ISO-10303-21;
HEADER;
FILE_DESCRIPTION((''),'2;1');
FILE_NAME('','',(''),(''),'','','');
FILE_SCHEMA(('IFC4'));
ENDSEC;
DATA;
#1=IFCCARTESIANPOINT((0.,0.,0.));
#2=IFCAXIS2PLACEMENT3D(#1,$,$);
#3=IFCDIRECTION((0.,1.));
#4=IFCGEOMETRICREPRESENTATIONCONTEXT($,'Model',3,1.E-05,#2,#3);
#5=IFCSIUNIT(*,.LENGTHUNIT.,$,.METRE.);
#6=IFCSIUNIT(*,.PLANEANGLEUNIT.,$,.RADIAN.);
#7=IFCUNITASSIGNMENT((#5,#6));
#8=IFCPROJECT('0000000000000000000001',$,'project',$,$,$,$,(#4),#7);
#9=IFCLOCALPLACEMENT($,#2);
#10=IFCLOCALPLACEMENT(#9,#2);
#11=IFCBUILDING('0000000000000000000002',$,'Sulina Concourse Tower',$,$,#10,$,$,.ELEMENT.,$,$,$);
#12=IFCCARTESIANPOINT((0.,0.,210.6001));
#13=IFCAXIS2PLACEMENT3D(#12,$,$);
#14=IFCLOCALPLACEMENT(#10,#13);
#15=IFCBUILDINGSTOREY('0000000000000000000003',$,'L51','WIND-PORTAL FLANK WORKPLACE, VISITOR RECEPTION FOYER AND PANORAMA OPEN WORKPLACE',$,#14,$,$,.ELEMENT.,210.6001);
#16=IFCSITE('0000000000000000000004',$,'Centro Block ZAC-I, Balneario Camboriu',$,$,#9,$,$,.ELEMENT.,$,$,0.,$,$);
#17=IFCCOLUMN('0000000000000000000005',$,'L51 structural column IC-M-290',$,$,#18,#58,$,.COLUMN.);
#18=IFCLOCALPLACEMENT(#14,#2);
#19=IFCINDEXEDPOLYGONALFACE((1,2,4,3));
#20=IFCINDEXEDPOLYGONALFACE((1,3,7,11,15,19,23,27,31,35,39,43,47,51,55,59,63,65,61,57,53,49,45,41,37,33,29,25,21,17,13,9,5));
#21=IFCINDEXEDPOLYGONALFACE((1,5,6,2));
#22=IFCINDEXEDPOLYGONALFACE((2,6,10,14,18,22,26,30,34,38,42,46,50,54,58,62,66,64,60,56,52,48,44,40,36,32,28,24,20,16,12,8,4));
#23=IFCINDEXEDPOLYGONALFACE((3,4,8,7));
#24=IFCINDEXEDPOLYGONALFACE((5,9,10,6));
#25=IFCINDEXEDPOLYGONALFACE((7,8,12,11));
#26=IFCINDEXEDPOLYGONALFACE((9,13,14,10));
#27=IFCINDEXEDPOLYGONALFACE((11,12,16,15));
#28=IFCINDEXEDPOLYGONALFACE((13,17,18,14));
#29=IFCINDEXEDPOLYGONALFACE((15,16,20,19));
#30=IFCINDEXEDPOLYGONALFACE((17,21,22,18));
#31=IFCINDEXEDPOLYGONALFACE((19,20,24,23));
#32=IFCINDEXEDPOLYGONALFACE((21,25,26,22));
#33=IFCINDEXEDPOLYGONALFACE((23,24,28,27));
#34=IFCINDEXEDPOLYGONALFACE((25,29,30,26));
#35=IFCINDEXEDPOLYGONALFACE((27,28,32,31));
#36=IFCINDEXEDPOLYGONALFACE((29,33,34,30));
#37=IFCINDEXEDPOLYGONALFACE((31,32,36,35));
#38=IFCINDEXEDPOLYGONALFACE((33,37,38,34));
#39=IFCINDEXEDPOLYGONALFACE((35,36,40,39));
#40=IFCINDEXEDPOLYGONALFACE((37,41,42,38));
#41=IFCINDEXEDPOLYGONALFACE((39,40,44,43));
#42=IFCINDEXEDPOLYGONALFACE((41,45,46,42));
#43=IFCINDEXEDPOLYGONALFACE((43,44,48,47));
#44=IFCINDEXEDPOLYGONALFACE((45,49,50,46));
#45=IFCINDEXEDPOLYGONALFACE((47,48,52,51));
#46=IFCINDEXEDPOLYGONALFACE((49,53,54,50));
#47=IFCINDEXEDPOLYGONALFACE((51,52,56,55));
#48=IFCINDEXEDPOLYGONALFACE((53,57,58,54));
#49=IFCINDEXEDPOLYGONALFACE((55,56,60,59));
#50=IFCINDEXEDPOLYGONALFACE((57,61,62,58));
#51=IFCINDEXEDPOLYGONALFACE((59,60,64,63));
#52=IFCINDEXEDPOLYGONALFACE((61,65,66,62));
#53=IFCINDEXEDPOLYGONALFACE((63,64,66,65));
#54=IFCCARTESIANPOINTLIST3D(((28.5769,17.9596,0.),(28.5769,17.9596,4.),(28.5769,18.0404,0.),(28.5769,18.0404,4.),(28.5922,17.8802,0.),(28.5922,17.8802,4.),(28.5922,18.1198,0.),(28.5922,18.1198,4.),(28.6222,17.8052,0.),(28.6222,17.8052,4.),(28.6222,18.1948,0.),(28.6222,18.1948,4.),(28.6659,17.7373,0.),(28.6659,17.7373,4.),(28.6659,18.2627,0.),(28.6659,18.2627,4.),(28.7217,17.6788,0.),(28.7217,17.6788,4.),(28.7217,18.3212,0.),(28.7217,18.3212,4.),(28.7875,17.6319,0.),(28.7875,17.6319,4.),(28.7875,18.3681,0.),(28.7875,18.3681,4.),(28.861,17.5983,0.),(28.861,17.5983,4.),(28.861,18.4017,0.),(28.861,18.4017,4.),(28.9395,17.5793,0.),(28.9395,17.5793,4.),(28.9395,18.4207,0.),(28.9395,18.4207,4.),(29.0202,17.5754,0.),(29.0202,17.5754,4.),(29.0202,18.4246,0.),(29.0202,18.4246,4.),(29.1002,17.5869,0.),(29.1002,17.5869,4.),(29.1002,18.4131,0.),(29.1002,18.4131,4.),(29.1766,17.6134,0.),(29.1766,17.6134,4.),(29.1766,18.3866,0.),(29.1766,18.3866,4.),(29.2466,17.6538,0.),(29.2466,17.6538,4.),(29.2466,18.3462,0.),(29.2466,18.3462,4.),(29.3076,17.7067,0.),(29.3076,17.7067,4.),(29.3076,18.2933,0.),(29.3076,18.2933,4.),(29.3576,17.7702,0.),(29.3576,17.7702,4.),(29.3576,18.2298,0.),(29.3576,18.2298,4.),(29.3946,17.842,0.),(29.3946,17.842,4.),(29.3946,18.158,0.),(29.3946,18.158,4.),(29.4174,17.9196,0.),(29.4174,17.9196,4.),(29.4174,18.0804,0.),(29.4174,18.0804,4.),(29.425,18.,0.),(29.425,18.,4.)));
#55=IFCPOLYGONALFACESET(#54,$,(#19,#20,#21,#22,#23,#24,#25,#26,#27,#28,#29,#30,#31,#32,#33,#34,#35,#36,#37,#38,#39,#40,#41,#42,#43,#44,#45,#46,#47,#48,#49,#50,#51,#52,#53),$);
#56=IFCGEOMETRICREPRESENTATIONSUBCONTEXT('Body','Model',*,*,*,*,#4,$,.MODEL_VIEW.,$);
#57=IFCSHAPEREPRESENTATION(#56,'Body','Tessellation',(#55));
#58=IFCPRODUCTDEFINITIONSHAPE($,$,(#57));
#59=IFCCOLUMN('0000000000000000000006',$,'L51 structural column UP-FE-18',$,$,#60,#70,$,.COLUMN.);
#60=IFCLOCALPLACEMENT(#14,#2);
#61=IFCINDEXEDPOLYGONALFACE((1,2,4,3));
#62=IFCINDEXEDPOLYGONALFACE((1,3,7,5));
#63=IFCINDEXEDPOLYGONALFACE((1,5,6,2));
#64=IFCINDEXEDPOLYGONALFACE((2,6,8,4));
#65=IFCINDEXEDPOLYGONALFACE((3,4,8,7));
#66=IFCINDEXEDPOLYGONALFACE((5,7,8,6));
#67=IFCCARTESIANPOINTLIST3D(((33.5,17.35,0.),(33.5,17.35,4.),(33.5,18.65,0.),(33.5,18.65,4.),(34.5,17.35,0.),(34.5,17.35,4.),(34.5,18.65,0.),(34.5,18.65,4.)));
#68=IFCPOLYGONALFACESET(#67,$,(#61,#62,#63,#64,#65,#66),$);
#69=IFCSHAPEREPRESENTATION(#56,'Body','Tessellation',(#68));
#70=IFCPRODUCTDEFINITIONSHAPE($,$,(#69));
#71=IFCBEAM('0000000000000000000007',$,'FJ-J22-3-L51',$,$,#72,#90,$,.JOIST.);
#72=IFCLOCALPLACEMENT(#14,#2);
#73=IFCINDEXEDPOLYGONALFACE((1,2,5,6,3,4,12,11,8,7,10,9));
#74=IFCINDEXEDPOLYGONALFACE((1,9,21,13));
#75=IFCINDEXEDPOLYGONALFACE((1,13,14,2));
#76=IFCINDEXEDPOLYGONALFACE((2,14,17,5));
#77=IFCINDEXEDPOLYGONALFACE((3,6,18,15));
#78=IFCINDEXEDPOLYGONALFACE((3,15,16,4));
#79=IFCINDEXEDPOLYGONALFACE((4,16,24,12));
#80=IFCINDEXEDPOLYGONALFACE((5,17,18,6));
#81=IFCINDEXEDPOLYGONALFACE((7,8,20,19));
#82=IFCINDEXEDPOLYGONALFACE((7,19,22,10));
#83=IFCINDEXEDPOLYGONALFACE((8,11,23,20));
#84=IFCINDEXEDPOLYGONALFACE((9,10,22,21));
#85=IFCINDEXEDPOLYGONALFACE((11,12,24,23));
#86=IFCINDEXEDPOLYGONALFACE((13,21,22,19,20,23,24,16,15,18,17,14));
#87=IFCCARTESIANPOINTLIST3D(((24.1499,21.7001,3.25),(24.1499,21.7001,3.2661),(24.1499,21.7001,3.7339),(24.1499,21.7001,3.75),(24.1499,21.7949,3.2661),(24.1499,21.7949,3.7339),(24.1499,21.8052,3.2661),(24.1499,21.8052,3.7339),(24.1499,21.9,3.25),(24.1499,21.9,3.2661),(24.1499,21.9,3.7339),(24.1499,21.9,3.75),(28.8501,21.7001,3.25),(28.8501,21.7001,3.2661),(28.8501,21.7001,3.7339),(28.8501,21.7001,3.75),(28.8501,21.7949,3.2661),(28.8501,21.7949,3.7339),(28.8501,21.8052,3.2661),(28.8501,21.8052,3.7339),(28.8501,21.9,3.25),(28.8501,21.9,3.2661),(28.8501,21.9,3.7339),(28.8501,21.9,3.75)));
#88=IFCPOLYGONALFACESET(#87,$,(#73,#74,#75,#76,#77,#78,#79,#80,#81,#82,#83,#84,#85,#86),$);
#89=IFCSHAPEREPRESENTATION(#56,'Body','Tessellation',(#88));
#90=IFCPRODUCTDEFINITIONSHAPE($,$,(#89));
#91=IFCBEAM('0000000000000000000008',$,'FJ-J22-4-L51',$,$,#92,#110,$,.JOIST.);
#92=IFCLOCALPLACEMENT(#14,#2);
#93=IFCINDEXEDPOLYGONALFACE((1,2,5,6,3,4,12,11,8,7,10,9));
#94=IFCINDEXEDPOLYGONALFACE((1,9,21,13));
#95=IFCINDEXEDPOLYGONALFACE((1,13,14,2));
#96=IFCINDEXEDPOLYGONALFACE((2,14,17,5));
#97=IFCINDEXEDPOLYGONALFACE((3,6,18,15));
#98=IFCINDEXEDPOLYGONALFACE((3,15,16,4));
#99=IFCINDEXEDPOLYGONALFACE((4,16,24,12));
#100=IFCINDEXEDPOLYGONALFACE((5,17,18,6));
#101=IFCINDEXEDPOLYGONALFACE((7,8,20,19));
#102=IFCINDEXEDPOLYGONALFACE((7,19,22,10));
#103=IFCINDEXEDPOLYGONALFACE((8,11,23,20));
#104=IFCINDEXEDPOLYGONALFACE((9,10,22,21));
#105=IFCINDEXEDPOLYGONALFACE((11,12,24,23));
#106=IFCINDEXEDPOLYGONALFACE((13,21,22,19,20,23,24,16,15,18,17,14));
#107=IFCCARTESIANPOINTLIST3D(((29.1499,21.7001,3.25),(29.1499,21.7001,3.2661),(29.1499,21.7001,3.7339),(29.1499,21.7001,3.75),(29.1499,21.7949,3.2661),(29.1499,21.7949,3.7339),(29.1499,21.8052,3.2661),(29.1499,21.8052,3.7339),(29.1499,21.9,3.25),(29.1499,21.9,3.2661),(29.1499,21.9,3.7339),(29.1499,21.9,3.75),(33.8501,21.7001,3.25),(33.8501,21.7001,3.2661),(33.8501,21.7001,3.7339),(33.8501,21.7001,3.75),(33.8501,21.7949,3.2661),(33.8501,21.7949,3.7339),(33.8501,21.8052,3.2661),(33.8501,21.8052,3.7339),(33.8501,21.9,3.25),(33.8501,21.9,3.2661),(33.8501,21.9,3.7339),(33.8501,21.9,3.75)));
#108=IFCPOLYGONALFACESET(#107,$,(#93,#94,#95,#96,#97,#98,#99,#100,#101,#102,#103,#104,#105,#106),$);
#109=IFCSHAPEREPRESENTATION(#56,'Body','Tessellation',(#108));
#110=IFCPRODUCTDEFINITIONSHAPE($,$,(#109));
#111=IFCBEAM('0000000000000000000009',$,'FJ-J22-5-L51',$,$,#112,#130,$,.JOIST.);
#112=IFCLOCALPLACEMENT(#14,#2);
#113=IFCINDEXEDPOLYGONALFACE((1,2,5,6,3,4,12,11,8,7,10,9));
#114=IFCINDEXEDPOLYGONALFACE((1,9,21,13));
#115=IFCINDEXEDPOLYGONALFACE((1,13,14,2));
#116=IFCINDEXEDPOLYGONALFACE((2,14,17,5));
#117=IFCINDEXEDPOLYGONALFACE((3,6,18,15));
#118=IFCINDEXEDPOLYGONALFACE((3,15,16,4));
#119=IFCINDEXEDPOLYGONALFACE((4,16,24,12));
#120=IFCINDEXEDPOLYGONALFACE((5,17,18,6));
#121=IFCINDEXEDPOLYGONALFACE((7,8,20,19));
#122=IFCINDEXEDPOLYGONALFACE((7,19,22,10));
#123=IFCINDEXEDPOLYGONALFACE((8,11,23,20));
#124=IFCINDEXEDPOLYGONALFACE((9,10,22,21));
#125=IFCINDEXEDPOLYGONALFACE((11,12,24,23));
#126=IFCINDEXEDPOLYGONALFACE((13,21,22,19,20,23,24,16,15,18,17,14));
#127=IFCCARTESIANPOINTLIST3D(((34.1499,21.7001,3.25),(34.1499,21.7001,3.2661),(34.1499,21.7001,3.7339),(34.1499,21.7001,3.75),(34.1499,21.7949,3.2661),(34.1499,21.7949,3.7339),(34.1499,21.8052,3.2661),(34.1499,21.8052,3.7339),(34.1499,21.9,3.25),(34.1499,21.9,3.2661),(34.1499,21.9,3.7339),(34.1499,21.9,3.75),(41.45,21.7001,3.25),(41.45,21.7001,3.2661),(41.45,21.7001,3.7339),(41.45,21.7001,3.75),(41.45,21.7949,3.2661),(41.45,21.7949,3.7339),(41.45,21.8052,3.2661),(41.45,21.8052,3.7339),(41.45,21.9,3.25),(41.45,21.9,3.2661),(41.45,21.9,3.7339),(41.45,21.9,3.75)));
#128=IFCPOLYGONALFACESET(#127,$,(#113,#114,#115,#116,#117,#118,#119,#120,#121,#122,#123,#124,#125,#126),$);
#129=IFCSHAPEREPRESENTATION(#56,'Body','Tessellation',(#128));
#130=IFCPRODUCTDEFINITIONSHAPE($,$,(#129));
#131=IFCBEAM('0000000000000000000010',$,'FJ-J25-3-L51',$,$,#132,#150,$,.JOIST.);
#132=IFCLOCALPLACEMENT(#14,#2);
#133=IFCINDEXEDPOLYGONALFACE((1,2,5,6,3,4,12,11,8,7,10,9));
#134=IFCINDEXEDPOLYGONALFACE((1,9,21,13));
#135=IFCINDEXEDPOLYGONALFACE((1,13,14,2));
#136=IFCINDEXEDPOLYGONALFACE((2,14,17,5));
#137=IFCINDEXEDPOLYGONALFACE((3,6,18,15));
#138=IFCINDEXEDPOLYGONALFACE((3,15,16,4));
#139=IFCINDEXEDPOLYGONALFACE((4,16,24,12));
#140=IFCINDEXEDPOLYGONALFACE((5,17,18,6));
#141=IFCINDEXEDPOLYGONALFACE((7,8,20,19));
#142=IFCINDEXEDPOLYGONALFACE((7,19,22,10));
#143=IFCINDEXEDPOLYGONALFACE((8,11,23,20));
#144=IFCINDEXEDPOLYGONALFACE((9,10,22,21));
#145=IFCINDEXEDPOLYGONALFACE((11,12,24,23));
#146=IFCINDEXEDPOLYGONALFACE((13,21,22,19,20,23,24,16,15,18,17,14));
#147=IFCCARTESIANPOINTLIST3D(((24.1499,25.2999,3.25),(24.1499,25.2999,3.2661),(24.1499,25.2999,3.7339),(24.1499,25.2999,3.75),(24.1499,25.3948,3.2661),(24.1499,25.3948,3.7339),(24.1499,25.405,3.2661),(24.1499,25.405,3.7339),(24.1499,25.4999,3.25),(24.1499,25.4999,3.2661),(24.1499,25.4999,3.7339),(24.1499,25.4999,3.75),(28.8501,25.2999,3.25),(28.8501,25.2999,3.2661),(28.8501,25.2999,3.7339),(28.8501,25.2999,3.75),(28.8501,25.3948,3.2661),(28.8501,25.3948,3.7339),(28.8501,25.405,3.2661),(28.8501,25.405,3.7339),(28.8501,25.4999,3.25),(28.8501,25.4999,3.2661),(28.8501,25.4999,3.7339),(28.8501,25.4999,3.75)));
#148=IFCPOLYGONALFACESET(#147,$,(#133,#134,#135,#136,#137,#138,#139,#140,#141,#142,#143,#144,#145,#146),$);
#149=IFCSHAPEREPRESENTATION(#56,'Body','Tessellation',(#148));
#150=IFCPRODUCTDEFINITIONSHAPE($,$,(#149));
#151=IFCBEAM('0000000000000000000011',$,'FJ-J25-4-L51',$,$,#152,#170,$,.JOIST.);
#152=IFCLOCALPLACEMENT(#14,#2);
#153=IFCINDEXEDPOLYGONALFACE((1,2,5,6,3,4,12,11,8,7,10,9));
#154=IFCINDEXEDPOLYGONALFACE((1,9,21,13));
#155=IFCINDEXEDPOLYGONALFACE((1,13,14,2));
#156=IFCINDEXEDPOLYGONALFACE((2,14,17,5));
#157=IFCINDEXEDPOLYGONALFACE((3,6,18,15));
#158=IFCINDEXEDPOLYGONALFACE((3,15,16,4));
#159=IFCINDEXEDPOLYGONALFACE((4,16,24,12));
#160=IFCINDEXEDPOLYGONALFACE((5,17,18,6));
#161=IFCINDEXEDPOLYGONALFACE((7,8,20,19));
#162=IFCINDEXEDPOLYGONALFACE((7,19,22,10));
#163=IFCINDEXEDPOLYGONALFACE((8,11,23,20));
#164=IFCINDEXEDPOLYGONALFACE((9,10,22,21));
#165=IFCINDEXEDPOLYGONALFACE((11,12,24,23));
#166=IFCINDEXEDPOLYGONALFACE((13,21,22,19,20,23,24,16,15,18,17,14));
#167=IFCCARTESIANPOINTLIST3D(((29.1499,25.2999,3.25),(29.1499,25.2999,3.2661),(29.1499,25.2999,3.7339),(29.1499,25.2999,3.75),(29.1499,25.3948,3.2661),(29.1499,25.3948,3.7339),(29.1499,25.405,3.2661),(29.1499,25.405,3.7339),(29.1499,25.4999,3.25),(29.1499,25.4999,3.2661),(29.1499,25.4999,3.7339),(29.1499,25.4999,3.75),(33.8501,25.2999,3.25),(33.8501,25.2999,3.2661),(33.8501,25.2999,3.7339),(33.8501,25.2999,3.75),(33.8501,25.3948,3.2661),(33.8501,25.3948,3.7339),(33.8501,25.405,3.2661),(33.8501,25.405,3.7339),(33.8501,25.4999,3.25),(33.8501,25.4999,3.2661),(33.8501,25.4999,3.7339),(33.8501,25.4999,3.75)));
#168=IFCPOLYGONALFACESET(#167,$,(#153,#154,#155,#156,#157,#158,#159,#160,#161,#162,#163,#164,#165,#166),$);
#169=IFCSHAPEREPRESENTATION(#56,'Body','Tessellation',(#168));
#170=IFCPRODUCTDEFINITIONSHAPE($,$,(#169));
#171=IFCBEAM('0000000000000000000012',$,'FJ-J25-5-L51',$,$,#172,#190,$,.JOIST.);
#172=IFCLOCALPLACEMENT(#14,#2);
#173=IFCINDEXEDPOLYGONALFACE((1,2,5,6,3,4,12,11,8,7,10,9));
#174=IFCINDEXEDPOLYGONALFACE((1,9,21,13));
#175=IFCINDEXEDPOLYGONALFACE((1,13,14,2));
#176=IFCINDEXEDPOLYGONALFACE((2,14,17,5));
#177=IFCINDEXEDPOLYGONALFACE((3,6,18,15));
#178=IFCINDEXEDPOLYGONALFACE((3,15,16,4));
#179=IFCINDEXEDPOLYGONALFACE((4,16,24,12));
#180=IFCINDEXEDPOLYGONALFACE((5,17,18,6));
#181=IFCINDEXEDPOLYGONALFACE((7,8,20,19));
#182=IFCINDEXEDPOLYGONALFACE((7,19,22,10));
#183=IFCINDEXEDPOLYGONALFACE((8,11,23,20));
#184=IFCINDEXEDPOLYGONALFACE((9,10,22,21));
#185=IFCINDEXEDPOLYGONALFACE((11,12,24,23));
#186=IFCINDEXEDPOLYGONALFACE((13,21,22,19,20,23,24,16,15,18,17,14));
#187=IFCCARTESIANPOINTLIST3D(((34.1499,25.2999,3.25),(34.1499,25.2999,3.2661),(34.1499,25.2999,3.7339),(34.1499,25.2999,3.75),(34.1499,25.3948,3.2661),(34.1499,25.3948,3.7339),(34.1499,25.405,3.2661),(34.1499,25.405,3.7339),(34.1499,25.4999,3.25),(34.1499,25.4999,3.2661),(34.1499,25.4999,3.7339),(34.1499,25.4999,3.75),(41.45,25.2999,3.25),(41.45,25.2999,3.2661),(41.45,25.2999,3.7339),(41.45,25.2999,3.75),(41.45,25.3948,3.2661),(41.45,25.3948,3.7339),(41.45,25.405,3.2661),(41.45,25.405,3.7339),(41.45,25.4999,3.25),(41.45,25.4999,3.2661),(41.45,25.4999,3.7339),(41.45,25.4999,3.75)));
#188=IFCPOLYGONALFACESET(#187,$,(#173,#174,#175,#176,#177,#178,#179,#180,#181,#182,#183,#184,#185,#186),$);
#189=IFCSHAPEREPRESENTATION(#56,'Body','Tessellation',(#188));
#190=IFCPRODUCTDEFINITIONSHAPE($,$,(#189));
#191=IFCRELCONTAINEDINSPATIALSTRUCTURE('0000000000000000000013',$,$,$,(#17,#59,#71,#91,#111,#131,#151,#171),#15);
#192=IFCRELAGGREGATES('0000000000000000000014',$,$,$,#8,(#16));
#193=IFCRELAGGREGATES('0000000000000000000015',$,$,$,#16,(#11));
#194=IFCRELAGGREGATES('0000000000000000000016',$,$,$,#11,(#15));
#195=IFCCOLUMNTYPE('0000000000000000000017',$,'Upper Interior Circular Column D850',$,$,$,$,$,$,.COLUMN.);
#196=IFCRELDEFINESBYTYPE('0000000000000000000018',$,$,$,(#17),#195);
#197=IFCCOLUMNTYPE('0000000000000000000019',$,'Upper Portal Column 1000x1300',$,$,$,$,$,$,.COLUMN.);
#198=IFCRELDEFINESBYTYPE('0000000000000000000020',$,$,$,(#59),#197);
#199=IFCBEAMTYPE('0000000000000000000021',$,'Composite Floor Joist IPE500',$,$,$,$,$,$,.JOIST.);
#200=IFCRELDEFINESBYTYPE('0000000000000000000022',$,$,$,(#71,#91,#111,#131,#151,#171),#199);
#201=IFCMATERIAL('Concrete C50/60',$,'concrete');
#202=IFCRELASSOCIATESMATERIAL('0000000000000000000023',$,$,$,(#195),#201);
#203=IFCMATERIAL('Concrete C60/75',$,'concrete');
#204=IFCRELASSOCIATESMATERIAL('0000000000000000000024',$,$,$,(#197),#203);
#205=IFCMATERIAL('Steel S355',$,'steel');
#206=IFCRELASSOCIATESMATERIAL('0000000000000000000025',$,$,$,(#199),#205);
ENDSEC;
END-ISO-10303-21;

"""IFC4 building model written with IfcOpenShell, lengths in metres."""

from ifc_helpers import new_model, si_unit, direction, frame, origin, origin_2d, place, context, subcontext, project, spatial, rectangle, circle, i_section, extrude, material, material_profile, profile_set, type_object, element, save


model = new_model("IFC4")

# Units and contexts
model_context = context("Model", 3, precision=1e-05, world=origin(), true_north=direction((0.0, 1.0)))
body_context = subcontext(model_context, "Body", "Model", "MODEL_VIEW")
ifc_project = project(units=[si_unit("LENGTHUNIT", "METRE"), si_unit("PLANEANGLEUNIT", "RADIAN")], contexts=[model_context])

# Site, building, storey
site_placement = place(None, origin())
site = spatial("IfcSite", under=ifc_project, at=site_placement, Name="Centro Block ZAC-I, Balneario Camboriu", CompositionType="ELEMENT", RefElevation=0.0)
building_placement = place(site_placement, origin())
building = spatial("IfcBuilding", under=site, at=building_placement, Name="Sulina Concourse Tower", CompositionType="ELEMENT")
storey_placement = place(building_placement, frame((0.0, 0.0, 210.6001)))
storey = spatial("IfcBuildingStorey", under=building, at=storey_placement, Name="L51", Description="WIND-PORTAL FLANK WORKPLACE, VISITOR RECEPTION FOYER AND PANORAMA OPEN WORKPLACE", CompositionType="ELEMENT", Elevation=210.6001)

# Columns
ifc_material_1 = material(Name="Concrete C50/60", Category="concrete")
ifc_material_profile_1 = material_profile(ifc_material_1, circle(Radius=0.425, at=origin_2d()), Name="RC D850")
ifc_profile_set_1 = profile_set([ifc_material_profile_1], Name="Concrete C50/60")
column_type_1 = type_object("IfcColumnType", Name="Upper Interior Circular Column D850", PredefinedType="COLUMN", material=ifc_profile_set_1)
column_1_placement = place(storey_placement, frame((29.0, 18.0, 0.0), z_axis=(0.0, 0.0, 1.0), x_axis=(1.0, 0.0, 0.0)))
element("IfcColumn", 1, at=column_1_placement, inside=storey, type_object=column_type_1, Name="L51 structural column IC-M-290", PredefinedType="COLUMN", context=body_context, shape_type="SweptSolid", body=[
    extrude(circle(Radius=0.425, at=origin_2d()), origin(), (0.0, 0.0, 1.0), 4.0),
])
ifc_material_2 = material(Name="Concrete C60/75", Category="concrete")
ifc_material_profile_2 = material_profile(ifc_material_2, rectangle(XDim=1.0, YDim=1.3, at=origin_2d()), Name="RC 1000x1300")
ifc_profile_set_2 = profile_set([ifc_material_profile_2], Name="Concrete C60/75")
column_type_2 = type_object("IfcColumnType", Name="Upper Portal Column 1000x1300", PredefinedType="COLUMN", material=ifc_profile_set_2)
column_2_placement = place(storey_placement, frame((34.0, 18.0, 0.0), z_axis=(0.0, 0.0, 1.0), x_axis=(1.0, 0.0, 0.0)))
element("IfcColumn", 2, at=column_2_placement, inside=storey, type_object=column_type_2, Name="L51 structural column UP-FE-18", PredefinedType="COLUMN", context=body_context, shape_type="SweptSolid", body=[
    extrude(rectangle(XDim=1.0, YDim=1.3, at=origin_2d()), origin(), (0.0, 0.0, 1.0), 4.0),
])

# Beams
ifc_material_3 = material(Name="Steel S355", Category="steel")
ifc_material_profile_3 = material_profile(ifc_material_3, i_section(OverallWidth=0.2, OverallDepth=0.5, WebThickness=0.0103, FlangeThickness=0.0161, at=origin_2d()), Name="IPE 500")
ifc_profile_set_3 = profile_set([ifc_material_profile_3], Name="Steel S355")
beam_type_1 = type_object("IfcBeamType", Name="Composite Floor Joist IPE500", PredefinedType="JOIST", material=ifc_profile_set_3)
for number, where, z_axis, x_axis, name in (
    (3, (24.1499, 21.8, 3.5), (1.0, 0.0, 0.0), (0.0, 1.0, 0.0), "FJ-J22-3-L51"),
    (4, (29.1499, 21.8, 3.5), (1.0, 0.0, 0.0), (0.0, 1.0, 0.0), "FJ-J22-4-L51"),
):
    element("IfcBeam", number, at=place(storey_placement, frame(where, z_axis=z_axis, x_axis=x_axis)), inside=storey, type_object=beam_type_1, Name=name, PredefinedType="JOIST", context=body_context, shape_type="SweptSolid", body=[
        extrude(i_section(OverallWidth=0.2, OverallDepth=0.5, WebThickness=0.0103, FlangeThickness=0.0161, at=origin_2d()), origin(), (0.0, 0.0, 1.0), 4.7002),
    ])
beam_1_placement = place(storey_placement, frame((34.1499, 21.8, 3.5), z_axis=(1.0, 0.0, 0.0), x_axis=(0.0, 1.0, 0.0)))
element("IfcBeam", 5, at=beam_1_placement, inside=storey, type_object=beam_type_1, Name="FJ-J22-5-L51", PredefinedType="JOIST", context=body_context, shape_type="SweptSolid", body=[
    extrude(i_section(OverallWidth=0.2, OverallDepth=0.5, WebThickness=0.0103, FlangeThickness=0.0161, at=origin_2d()), origin(), (0.0, 0.0, 1.0), 7.3),
])
for number, where, z_axis, x_axis, name in (
    (6, (24.1499, 25.3999, 3.5), (1.0, 0.0, 0.0), (0.0, 1.0, 0.0), "FJ-J25-3-L51"),
    (7, (29.1499, 25.3999, 3.5), (1.0, 0.0, 0.0), (0.0, 1.0, 0.0), "FJ-J25-4-L51"),
):
    element("IfcBeam", number, at=place(storey_placement, frame(where, z_axis=z_axis, x_axis=x_axis)), inside=storey, type_object=beam_type_1, Name=name, PredefinedType="JOIST", context=body_context, shape_type="SweptSolid", body=[
        extrude(i_section(OverallWidth=0.2, OverallDepth=0.5, WebThickness=0.0103, FlangeThickness=0.0161, at=origin_2d()), origin(), (0.0, 0.0, 1.0), 4.7002),
    ])
beam_2_placement = place(storey_placement, frame((34.1499, 25.3999, 3.5), z_axis=(1.0, 0.0, 0.0), x_axis=(0.0, 1.0, 0.0)))
element("IfcBeam", 8, at=beam_2_placement, inside=storey, type_object=beam_type_1, Name="FJ-J25-5-L51", PredefinedType="JOIST", context=body_context, shape_type="SweptSolid", body=[
    extrude(i_section(OverallWidth=0.2, OverallDepth=0.5, WebThickness=0.0103, FlangeThickness=0.0161, at=origin_2d()), origin(), (0.0, 0.0, 1.0), 7.3),
])

save(model, "model.ifc")
